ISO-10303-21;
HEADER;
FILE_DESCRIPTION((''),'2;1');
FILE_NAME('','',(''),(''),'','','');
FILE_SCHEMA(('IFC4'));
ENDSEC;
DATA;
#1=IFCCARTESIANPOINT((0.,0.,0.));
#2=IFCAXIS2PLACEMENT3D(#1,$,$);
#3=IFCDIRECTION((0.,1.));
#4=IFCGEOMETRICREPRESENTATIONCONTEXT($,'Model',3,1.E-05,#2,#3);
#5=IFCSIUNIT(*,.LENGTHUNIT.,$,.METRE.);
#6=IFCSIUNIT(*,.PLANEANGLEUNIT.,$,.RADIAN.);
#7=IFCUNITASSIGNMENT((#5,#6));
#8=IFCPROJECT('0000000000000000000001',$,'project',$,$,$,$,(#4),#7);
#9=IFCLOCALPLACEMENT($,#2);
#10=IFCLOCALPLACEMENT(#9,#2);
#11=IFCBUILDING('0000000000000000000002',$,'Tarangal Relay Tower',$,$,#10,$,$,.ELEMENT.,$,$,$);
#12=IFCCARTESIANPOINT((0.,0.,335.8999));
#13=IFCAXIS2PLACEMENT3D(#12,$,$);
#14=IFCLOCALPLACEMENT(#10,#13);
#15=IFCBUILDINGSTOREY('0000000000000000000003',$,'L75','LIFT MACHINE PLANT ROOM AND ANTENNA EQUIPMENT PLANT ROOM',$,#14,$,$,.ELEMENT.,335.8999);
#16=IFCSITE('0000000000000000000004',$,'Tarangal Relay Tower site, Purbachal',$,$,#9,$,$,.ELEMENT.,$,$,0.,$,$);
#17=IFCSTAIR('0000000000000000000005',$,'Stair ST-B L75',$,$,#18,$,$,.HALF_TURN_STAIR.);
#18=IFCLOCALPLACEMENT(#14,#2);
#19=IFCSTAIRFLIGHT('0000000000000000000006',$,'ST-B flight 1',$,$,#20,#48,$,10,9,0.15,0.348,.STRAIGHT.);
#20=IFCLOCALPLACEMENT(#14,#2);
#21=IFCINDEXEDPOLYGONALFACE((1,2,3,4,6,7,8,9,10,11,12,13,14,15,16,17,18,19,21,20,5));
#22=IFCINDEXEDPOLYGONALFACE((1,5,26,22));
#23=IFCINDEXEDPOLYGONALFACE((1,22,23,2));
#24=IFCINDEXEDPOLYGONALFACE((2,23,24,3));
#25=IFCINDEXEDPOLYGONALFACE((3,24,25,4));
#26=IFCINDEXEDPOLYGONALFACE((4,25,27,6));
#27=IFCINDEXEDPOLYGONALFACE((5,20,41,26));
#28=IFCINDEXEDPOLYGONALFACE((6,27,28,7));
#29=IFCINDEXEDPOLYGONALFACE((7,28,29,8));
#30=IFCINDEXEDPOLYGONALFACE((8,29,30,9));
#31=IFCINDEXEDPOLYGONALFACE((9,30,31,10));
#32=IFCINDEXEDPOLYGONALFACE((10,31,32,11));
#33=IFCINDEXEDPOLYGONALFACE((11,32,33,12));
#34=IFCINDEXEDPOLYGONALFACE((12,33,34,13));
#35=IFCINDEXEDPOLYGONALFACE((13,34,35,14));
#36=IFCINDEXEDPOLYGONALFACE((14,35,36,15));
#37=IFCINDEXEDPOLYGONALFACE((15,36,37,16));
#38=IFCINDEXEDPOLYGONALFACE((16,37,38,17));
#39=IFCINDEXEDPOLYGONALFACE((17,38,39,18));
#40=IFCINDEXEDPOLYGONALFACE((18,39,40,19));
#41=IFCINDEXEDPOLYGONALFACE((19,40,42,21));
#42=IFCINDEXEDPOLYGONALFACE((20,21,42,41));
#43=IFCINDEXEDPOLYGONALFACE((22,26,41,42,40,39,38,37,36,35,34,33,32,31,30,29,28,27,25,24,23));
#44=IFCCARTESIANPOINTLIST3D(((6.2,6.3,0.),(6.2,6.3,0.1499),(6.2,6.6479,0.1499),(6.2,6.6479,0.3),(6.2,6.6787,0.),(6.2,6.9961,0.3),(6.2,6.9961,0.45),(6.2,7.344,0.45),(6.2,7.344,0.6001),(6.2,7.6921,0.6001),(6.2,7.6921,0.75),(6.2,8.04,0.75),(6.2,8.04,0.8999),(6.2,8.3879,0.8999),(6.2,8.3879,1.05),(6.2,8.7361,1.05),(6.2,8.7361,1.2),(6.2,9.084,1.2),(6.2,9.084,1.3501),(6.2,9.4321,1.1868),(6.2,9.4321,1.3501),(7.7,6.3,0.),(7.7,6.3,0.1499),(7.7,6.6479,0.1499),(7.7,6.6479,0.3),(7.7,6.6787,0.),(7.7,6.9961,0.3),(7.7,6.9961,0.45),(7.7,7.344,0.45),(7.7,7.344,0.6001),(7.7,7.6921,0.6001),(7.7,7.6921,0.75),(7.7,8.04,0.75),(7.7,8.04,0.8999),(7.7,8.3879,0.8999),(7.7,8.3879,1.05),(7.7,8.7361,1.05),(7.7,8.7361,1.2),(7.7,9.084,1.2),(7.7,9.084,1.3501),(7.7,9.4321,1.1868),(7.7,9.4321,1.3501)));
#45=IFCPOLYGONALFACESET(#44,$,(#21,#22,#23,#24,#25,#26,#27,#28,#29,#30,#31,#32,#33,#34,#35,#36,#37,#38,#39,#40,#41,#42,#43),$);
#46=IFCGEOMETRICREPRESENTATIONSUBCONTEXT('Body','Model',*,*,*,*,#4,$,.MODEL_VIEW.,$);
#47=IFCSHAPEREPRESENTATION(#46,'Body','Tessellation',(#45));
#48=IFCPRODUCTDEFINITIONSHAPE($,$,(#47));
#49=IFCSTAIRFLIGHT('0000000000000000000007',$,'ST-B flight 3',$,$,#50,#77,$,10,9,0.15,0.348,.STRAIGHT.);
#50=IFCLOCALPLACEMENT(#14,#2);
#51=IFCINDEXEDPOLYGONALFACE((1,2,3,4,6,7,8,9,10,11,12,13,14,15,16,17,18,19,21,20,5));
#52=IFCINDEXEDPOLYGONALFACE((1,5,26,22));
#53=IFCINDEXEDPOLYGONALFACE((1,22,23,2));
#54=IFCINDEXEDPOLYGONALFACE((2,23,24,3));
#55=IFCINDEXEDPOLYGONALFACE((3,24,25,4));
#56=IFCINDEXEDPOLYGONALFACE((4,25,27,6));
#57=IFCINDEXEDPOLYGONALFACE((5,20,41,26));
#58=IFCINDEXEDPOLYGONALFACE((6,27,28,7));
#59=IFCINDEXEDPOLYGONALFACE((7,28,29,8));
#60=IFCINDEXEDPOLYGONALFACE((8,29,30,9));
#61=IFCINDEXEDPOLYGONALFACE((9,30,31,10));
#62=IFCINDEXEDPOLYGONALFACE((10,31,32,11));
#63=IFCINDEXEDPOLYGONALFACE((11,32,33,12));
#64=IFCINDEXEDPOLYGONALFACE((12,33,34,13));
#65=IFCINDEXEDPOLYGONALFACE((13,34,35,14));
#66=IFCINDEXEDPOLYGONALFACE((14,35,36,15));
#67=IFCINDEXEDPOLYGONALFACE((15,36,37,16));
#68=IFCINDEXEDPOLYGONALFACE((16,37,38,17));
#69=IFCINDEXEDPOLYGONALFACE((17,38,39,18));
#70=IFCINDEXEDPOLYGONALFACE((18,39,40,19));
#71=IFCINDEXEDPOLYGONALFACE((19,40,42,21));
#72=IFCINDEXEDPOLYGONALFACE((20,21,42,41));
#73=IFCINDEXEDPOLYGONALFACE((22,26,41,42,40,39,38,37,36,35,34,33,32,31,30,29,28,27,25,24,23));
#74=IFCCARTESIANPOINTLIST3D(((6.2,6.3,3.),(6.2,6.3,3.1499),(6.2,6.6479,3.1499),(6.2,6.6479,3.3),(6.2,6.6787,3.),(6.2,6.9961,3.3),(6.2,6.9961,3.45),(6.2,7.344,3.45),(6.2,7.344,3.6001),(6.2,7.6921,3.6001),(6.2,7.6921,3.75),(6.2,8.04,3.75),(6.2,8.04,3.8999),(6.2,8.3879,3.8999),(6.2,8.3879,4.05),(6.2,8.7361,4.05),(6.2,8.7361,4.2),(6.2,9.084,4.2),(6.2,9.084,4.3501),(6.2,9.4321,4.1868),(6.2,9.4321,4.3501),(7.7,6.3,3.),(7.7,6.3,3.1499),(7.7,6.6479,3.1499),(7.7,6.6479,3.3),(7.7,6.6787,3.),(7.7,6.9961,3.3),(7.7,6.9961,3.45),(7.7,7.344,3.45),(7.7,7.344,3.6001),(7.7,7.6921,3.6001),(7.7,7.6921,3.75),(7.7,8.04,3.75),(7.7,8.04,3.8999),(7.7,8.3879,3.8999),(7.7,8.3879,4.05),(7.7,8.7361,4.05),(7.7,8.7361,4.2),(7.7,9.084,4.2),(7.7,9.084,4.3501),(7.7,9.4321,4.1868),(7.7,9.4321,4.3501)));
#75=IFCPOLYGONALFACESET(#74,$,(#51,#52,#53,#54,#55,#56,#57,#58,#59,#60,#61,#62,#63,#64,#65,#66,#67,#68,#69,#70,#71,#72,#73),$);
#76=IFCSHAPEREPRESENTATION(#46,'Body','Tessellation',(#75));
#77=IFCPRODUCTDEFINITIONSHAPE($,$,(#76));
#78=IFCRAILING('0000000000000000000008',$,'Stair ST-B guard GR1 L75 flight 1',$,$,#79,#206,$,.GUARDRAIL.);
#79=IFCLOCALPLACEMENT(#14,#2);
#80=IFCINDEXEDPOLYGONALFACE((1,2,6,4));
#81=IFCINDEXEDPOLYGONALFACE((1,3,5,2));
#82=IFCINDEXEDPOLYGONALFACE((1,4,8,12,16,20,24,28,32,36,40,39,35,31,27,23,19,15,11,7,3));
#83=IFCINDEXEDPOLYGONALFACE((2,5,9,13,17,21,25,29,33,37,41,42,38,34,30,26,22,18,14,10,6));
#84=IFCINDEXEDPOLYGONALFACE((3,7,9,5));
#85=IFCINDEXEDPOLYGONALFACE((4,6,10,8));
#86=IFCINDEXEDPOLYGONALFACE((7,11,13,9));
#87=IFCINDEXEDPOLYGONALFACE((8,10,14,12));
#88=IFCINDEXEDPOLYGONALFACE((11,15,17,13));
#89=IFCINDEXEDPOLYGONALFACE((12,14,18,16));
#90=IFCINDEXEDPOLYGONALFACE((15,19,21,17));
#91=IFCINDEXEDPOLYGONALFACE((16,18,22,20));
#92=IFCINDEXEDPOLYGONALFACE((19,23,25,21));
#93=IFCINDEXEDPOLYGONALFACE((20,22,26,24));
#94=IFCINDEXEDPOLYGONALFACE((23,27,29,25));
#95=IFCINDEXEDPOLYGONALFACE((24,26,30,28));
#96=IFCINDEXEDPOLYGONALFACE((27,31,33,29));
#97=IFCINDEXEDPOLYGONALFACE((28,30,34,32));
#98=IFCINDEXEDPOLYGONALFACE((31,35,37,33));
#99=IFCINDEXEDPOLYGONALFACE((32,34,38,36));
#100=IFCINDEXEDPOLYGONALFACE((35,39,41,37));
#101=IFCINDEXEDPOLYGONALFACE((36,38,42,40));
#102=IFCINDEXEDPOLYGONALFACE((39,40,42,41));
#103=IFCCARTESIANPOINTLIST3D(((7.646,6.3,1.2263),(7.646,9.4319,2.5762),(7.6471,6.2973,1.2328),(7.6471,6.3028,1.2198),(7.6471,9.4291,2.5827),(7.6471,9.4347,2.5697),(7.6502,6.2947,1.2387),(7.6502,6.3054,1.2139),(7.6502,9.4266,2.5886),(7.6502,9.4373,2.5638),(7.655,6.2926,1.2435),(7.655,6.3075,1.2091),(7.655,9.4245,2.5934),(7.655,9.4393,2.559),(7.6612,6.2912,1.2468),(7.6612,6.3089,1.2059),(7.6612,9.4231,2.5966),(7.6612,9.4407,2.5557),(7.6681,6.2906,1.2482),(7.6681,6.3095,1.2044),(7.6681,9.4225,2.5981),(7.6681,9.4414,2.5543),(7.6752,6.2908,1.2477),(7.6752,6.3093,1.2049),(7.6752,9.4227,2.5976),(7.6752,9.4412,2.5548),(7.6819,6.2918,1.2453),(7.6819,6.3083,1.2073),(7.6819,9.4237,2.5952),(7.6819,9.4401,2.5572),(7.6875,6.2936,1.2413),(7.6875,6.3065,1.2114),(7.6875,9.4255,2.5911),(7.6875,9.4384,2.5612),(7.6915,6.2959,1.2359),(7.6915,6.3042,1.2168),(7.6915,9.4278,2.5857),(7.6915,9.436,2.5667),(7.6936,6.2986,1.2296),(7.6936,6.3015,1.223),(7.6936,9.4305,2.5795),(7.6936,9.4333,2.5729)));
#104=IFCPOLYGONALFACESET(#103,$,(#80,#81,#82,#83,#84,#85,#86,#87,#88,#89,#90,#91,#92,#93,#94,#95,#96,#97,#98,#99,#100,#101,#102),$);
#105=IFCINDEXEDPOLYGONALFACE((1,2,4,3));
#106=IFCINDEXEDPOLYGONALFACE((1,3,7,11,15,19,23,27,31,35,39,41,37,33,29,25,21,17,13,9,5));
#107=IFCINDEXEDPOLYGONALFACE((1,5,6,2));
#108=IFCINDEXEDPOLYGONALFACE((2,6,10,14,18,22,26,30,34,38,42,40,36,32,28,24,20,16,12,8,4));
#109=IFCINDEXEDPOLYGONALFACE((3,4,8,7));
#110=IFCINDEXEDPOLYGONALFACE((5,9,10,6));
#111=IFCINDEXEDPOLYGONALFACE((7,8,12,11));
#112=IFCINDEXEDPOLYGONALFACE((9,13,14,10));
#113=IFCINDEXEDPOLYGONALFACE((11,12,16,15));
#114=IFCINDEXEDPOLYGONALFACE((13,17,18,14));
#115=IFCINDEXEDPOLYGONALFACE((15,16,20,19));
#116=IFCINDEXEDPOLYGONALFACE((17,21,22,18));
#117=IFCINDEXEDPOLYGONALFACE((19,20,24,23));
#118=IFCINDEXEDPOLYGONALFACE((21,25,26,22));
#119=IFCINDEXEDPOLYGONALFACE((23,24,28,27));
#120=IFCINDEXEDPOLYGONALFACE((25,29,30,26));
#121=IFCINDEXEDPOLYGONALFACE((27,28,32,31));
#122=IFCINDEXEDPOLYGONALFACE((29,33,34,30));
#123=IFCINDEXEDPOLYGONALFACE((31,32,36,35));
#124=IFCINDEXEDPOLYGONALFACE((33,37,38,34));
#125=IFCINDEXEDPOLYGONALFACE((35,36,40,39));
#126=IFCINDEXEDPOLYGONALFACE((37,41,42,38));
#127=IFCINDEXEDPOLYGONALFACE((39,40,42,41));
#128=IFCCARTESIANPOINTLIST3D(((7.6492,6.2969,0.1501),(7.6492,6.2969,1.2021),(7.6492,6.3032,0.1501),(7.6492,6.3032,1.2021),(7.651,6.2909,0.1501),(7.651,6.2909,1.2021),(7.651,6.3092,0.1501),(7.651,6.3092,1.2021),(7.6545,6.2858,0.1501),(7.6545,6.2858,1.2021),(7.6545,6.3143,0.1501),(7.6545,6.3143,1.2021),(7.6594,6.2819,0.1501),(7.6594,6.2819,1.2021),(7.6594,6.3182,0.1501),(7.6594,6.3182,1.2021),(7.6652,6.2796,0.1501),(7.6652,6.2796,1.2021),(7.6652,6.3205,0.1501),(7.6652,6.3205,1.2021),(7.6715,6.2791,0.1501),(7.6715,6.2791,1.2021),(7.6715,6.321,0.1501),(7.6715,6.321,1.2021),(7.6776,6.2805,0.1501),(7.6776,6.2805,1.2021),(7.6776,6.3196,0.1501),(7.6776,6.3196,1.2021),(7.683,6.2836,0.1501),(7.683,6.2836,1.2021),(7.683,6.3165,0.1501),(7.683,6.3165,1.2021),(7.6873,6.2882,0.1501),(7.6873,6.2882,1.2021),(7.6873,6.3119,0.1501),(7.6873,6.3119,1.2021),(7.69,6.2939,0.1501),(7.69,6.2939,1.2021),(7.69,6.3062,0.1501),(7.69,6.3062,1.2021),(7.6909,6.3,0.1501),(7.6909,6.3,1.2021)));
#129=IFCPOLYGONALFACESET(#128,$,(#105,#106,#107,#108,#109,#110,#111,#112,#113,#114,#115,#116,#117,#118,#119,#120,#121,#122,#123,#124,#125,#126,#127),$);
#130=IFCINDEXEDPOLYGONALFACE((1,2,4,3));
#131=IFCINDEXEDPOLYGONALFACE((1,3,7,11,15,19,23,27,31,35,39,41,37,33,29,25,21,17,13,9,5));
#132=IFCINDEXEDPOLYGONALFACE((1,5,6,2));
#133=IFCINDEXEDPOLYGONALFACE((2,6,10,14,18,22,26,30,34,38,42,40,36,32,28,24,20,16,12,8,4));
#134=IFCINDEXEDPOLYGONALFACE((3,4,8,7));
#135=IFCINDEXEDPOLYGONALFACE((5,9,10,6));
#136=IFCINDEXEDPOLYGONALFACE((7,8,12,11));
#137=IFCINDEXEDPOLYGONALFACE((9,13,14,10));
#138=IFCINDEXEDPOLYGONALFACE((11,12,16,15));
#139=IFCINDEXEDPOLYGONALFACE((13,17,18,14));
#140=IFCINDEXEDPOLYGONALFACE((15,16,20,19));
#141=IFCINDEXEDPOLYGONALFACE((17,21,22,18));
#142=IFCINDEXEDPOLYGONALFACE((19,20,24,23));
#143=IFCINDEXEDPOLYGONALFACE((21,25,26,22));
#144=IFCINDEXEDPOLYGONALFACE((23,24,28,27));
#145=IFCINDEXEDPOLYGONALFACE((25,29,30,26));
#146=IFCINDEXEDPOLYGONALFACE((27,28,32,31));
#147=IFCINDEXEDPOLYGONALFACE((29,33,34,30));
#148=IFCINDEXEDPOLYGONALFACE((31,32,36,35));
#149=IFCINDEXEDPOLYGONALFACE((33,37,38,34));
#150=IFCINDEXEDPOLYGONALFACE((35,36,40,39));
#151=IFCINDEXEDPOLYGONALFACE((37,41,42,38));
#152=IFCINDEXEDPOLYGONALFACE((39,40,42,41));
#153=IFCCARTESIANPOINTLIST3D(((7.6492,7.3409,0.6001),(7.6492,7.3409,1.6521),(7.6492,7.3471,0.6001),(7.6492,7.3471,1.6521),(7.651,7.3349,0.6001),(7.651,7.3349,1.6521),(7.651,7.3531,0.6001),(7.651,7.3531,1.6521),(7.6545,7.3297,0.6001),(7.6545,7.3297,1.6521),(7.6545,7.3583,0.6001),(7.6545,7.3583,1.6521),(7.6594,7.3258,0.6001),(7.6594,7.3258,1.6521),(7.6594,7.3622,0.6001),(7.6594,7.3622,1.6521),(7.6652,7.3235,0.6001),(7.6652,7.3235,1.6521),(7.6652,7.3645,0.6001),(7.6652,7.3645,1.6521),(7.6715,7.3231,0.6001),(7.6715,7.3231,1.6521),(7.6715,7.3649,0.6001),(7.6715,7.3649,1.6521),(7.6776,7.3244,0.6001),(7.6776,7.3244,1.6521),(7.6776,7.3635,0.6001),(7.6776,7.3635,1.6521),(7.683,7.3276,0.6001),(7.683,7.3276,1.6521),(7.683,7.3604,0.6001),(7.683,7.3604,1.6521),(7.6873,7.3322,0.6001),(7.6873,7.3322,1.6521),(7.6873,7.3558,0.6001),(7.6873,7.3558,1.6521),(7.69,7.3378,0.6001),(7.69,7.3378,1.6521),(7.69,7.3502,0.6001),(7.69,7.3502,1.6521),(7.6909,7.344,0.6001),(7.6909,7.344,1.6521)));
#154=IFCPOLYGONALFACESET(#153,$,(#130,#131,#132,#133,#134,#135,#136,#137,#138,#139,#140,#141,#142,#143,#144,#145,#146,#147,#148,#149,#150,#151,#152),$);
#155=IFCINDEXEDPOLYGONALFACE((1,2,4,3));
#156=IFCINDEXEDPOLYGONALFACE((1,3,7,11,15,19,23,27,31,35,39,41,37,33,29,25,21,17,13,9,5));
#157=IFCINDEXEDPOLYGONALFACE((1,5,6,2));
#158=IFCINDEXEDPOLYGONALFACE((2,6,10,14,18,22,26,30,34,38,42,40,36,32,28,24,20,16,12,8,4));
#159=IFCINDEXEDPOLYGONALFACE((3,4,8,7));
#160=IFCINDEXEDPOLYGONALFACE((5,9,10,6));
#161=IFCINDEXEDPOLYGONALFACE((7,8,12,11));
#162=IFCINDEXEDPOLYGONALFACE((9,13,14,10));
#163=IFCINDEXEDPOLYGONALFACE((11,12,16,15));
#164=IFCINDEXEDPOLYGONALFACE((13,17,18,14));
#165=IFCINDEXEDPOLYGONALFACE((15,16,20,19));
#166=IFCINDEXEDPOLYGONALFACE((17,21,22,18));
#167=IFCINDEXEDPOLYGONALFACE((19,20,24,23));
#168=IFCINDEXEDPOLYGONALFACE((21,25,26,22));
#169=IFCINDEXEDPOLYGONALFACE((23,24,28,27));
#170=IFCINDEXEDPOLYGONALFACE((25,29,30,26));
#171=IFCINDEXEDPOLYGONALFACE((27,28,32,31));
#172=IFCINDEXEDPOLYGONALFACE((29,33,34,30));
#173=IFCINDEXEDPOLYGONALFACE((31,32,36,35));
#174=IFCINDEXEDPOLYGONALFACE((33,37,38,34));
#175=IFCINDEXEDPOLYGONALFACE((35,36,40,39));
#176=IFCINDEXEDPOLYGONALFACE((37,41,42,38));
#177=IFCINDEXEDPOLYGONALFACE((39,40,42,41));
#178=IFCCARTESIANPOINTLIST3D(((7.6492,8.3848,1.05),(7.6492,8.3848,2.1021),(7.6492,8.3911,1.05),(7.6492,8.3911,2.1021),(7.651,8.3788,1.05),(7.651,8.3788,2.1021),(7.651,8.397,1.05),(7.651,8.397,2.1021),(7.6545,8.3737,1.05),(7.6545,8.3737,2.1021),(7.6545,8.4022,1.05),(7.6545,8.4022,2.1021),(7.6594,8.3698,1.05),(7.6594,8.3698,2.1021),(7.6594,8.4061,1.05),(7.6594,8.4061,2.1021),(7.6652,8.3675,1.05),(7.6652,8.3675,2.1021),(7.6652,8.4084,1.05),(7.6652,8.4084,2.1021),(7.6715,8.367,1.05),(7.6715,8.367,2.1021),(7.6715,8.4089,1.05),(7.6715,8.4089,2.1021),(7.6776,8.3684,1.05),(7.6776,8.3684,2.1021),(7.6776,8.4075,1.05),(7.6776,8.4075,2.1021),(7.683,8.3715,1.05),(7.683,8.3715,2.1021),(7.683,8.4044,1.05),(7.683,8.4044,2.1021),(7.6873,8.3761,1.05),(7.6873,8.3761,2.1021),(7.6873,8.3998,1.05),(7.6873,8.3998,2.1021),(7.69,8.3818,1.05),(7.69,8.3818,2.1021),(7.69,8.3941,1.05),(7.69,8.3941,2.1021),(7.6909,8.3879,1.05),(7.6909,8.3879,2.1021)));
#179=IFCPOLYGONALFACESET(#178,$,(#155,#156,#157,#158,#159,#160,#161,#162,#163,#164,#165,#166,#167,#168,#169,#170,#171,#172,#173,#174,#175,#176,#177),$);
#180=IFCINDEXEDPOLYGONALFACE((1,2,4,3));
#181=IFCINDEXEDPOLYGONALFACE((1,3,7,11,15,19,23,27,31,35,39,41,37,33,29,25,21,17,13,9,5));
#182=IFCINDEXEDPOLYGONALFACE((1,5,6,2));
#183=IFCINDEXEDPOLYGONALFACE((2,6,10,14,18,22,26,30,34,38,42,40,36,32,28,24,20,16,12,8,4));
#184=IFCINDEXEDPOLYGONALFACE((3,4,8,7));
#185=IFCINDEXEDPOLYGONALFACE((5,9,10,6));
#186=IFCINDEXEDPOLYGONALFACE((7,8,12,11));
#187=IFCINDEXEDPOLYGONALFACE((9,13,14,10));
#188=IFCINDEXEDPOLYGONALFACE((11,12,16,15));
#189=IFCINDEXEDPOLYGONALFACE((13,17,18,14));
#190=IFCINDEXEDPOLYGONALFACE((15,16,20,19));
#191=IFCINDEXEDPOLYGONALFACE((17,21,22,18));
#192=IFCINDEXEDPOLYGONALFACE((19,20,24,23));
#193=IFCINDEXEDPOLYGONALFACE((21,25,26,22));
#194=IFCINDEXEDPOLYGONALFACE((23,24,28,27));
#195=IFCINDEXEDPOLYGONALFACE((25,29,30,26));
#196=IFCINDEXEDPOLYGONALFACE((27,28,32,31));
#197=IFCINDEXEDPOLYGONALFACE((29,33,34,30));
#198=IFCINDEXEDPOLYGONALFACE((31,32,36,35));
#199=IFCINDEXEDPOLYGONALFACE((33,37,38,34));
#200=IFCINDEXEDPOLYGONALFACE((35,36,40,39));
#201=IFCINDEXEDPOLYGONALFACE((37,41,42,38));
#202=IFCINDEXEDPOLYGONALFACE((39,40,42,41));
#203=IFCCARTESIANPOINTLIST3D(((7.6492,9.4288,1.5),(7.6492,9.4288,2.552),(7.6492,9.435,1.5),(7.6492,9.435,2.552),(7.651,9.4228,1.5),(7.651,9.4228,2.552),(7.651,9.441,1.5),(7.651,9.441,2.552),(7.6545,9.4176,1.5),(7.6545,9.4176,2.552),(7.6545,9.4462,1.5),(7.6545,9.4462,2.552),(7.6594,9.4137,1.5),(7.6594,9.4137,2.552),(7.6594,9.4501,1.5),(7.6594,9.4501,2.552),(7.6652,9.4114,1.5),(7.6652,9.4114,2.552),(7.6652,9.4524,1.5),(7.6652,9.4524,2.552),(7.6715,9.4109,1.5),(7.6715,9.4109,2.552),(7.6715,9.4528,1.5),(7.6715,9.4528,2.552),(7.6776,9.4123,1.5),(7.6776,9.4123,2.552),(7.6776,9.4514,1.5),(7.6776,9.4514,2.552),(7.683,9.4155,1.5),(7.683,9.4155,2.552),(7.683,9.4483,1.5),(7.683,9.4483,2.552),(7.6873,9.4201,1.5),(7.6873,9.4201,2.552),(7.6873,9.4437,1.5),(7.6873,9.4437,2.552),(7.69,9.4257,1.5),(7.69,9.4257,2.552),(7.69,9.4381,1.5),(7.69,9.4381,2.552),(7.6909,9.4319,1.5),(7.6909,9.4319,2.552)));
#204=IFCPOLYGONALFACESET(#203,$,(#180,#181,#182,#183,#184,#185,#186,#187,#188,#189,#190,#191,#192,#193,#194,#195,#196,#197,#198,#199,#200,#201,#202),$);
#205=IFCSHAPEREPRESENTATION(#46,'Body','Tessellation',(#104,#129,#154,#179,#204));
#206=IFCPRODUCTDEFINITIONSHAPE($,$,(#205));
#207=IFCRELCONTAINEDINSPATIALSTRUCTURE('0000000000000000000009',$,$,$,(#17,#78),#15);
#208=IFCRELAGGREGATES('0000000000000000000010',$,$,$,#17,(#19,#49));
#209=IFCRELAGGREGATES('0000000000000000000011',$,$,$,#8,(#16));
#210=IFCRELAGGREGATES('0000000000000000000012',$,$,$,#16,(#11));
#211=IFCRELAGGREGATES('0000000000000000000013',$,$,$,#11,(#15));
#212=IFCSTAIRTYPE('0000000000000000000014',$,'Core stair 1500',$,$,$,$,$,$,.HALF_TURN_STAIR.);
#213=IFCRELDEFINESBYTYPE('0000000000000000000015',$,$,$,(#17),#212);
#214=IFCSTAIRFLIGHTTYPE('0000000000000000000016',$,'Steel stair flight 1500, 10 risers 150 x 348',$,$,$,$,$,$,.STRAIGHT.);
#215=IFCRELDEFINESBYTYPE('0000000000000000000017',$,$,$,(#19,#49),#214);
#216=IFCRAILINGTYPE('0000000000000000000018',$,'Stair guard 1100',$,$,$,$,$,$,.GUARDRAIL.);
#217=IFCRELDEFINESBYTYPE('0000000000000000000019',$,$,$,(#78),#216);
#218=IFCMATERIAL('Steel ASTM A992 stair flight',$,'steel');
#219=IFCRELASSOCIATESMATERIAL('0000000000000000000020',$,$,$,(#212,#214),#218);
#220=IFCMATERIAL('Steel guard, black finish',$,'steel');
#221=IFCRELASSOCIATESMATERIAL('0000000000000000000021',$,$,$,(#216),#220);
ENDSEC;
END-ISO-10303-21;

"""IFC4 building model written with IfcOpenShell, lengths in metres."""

from ifc_helpers import new_model, si_unit, direction, frame, origin, origin_2d, place, context, subcontext, project, spatial, polyline, circle, outline, extrude, material, type_object, element, aggregate, save


model = new_model("IFC4")

# Units and contexts
model_context = context("Model", 3, precision=1e-05, world=origin(), true_north=direction((0.0, 1.0)))
body_context = subcontext(model_context, "Body", "Model", "MODEL_VIEW")
ifc_project = project(units=[si_unit("LENGTHUNIT", "METRE"), si_unit("PLANEANGLEUNIT", "RADIAN")], contexts=[model_context])

# Site, building, storey
site_placement = place(None, origin())
site = spatial("IfcSite", under=ifc_project, at=site_placement, Name="Tarangal Relay Tower site, Purbachal", CompositionType="ELEMENT", RefElevation=0.0)
building_placement = place(site_placement, origin())
building = spatial("IfcBuilding", under=site, at=building_placement, Name="Tarangal Relay Tower", CompositionType="ELEMENT")
storey_placement = place(building_placement, frame((0.0, 0.0, 335.8999)))
storey = spatial("IfcBuildingStorey", under=building, at=storey_placement, Name="L75", Description="LIFT MACHINE PLANT ROOM AND ANTENNA EQUIPMENT PLANT ROOM", CompositionType="ELEMENT", Elevation=335.8999)

# Stair
ifc_material_1 = material(Name="Steel ASTM A992 stair flight", Category="steel")
stair_type = type_object("IfcStairType", Name="Core stair 1500", PredefinedType="HALF_TURN_STAIR", material=ifc_material_1)
stair_1_placement = place(storey_placement, origin())
stair_1 = element("IfcStair", 1, at=stair_1_placement, inside=storey, type_object=stair_type, Name="Stair ST-B L75", PredefinedType="HALF_TURN_STAIR")

# Stair flights
stair_flight_type = type_object("IfcStairFlightType", Name="Steel stair flight 1500, 10 risers 150 x 348", PredefinedType="STRAIGHT", material=ifc_material_1)
stair_flight_1_placement = place(storey_placement, frame((6.95, 6.3, 0.0), z_axis=(0.0, 0.0, 1.0), x_axis=(0.0, 1.0, 0.0)))
stair_flight_1 = element("IfcStairFlight", 2, at=stair_flight_1_placement, type_object=stair_flight_type, Name="ST-B flight 1", NumberOfRisers=10, NumberOfTreads=9, PredefinedType="STRAIGHT", RiserHeight=0.15, TreadLength=0.348, context=body_context, shape_type="SweptSolid", body=[
    extrude(outline(polyline([(0.0, 0.0), (0.0, 0.1499), (0.3479, 0.1499), (0.3479, 0.3), (0.696, 0.3), (0.696, 0.45), (1.0439, 0.45), (1.0439, 0.6001), (1.3921, 0.6001), (1.3921, 0.75), (1.74, 0.75), (1.74, 0.8999), (2.0879, 0.8999), (2.0879, 1.05), (2.436, 1.05), (2.436, 1.2), (2.7839, 1.2), (2.7839, 1.3501), (3.1321, 1.3501), (3.1321, 1.5), (3.1321, 1.1868), (0.3787, 0.0), (0.0, 0.0)])), frame((0.0, 0.75, 0.0), z_axis=(0.0, -1.0, 0.0), x_axis=(1.0, 0.0, 0.0)), (0.0, 0.0, 1.0), 1.5),
])
stair_flight_2_placement = place(storey_placement, frame((6.95, 6.3, 3.0), z_axis=(0.0, 0.0, 1.0), x_axis=(0.0, 1.0, 0.0)))
stair_flight_2 = element("IfcStairFlight", 3, at=stair_flight_2_placement, type_object=stair_flight_type, Name="ST-B flight 3", NumberOfRisers=10, NumberOfTreads=9, PredefinedType="STRAIGHT", RiserHeight=0.15, TreadLength=0.348, context=body_context, shape_type="SweptSolid", body=[
    extrude(outline(polyline([(0.0, 0.0), (0.0, 0.1499), (0.3479, 0.1499), (0.3479, 0.3), (0.696, 0.3), (0.696, 0.45), (1.0439, 0.45), (1.0439, 0.6001), (1.3921, 0.6001), (1.3921, 0.75), (1.74, 0.75), (1.74, 0.8999), (2.0879, 0.8999), (2.0879, 1.05), (2.436, 1.05), (2.436, 1.2), (2.7839, 1.2), (2.7839, 1.3501), (3.1321, 1.3501), (3.1321, 1.5), (3.1321, 1.1868), (0.3787, 0.0), (0.0, 0.0)])), frame((0.0, 0.75, 0.0), z_axis=(0.0, -1.0, 0.0), x_axis=(1.0, 0.0, 0.0)), (0.0, 0.0, 1.0), 1.5),
])
aggregate(stair_1, [stair_flight_1, stair_flight_2])

# Railing
ifc_material_2 = material(Name="Steel guard, black finish", Category="steel")
railing_type_1 = type_object("IfcRailingType", Name="Stair guard 1100", PredefinedType="GUARDRAIL", material=ifc_material_2)
railing_placement = place(storey_placement, frame((7.6699, 6.3, 0.1501)))
element("IfcRailing", 4, at=railing_placement, inside=storey, type_object=railing_type_1, Name="Stair ST-B guard GR1 L75 flight 1", PredefinedType="GUARDRAIL", context=body_context, shape_type="SweptSolid", body=[
    extrude(circle(Radius=0.0239, at=origin_2d()), frame((0.0, 0.0, 1.0762), z_axis=(0.0, 0.918332, 0.395811), x_axis=(-1.0, 0.0, 0.0)), (0.0, 0.0, 1.0), 3.4104),
    extrude(circle(Radius=0.021, at=origin_2d()), origin(), (0.0, 0.0, 1.0), 1.052),
    extrude(circle(Radius=0.021, at=origin_2d()), frame((0.0, 1.0439, 0.45)), (0.0, 0.0, 1.0), 1.052),
    extrude(circle(Radius=0.021, at=origin_2d()), frame((0.0, 2.0879, 0.8999)), (0.0, 0.0, 1.0), 1.052),
    extrude(circle(Radius=0.021, at=origin_2d()), frame((0.0, 3.1318, 1.3499)), (0.0, 0.0, 1.0), 1.052),
])

save(model, "model.ifc")
